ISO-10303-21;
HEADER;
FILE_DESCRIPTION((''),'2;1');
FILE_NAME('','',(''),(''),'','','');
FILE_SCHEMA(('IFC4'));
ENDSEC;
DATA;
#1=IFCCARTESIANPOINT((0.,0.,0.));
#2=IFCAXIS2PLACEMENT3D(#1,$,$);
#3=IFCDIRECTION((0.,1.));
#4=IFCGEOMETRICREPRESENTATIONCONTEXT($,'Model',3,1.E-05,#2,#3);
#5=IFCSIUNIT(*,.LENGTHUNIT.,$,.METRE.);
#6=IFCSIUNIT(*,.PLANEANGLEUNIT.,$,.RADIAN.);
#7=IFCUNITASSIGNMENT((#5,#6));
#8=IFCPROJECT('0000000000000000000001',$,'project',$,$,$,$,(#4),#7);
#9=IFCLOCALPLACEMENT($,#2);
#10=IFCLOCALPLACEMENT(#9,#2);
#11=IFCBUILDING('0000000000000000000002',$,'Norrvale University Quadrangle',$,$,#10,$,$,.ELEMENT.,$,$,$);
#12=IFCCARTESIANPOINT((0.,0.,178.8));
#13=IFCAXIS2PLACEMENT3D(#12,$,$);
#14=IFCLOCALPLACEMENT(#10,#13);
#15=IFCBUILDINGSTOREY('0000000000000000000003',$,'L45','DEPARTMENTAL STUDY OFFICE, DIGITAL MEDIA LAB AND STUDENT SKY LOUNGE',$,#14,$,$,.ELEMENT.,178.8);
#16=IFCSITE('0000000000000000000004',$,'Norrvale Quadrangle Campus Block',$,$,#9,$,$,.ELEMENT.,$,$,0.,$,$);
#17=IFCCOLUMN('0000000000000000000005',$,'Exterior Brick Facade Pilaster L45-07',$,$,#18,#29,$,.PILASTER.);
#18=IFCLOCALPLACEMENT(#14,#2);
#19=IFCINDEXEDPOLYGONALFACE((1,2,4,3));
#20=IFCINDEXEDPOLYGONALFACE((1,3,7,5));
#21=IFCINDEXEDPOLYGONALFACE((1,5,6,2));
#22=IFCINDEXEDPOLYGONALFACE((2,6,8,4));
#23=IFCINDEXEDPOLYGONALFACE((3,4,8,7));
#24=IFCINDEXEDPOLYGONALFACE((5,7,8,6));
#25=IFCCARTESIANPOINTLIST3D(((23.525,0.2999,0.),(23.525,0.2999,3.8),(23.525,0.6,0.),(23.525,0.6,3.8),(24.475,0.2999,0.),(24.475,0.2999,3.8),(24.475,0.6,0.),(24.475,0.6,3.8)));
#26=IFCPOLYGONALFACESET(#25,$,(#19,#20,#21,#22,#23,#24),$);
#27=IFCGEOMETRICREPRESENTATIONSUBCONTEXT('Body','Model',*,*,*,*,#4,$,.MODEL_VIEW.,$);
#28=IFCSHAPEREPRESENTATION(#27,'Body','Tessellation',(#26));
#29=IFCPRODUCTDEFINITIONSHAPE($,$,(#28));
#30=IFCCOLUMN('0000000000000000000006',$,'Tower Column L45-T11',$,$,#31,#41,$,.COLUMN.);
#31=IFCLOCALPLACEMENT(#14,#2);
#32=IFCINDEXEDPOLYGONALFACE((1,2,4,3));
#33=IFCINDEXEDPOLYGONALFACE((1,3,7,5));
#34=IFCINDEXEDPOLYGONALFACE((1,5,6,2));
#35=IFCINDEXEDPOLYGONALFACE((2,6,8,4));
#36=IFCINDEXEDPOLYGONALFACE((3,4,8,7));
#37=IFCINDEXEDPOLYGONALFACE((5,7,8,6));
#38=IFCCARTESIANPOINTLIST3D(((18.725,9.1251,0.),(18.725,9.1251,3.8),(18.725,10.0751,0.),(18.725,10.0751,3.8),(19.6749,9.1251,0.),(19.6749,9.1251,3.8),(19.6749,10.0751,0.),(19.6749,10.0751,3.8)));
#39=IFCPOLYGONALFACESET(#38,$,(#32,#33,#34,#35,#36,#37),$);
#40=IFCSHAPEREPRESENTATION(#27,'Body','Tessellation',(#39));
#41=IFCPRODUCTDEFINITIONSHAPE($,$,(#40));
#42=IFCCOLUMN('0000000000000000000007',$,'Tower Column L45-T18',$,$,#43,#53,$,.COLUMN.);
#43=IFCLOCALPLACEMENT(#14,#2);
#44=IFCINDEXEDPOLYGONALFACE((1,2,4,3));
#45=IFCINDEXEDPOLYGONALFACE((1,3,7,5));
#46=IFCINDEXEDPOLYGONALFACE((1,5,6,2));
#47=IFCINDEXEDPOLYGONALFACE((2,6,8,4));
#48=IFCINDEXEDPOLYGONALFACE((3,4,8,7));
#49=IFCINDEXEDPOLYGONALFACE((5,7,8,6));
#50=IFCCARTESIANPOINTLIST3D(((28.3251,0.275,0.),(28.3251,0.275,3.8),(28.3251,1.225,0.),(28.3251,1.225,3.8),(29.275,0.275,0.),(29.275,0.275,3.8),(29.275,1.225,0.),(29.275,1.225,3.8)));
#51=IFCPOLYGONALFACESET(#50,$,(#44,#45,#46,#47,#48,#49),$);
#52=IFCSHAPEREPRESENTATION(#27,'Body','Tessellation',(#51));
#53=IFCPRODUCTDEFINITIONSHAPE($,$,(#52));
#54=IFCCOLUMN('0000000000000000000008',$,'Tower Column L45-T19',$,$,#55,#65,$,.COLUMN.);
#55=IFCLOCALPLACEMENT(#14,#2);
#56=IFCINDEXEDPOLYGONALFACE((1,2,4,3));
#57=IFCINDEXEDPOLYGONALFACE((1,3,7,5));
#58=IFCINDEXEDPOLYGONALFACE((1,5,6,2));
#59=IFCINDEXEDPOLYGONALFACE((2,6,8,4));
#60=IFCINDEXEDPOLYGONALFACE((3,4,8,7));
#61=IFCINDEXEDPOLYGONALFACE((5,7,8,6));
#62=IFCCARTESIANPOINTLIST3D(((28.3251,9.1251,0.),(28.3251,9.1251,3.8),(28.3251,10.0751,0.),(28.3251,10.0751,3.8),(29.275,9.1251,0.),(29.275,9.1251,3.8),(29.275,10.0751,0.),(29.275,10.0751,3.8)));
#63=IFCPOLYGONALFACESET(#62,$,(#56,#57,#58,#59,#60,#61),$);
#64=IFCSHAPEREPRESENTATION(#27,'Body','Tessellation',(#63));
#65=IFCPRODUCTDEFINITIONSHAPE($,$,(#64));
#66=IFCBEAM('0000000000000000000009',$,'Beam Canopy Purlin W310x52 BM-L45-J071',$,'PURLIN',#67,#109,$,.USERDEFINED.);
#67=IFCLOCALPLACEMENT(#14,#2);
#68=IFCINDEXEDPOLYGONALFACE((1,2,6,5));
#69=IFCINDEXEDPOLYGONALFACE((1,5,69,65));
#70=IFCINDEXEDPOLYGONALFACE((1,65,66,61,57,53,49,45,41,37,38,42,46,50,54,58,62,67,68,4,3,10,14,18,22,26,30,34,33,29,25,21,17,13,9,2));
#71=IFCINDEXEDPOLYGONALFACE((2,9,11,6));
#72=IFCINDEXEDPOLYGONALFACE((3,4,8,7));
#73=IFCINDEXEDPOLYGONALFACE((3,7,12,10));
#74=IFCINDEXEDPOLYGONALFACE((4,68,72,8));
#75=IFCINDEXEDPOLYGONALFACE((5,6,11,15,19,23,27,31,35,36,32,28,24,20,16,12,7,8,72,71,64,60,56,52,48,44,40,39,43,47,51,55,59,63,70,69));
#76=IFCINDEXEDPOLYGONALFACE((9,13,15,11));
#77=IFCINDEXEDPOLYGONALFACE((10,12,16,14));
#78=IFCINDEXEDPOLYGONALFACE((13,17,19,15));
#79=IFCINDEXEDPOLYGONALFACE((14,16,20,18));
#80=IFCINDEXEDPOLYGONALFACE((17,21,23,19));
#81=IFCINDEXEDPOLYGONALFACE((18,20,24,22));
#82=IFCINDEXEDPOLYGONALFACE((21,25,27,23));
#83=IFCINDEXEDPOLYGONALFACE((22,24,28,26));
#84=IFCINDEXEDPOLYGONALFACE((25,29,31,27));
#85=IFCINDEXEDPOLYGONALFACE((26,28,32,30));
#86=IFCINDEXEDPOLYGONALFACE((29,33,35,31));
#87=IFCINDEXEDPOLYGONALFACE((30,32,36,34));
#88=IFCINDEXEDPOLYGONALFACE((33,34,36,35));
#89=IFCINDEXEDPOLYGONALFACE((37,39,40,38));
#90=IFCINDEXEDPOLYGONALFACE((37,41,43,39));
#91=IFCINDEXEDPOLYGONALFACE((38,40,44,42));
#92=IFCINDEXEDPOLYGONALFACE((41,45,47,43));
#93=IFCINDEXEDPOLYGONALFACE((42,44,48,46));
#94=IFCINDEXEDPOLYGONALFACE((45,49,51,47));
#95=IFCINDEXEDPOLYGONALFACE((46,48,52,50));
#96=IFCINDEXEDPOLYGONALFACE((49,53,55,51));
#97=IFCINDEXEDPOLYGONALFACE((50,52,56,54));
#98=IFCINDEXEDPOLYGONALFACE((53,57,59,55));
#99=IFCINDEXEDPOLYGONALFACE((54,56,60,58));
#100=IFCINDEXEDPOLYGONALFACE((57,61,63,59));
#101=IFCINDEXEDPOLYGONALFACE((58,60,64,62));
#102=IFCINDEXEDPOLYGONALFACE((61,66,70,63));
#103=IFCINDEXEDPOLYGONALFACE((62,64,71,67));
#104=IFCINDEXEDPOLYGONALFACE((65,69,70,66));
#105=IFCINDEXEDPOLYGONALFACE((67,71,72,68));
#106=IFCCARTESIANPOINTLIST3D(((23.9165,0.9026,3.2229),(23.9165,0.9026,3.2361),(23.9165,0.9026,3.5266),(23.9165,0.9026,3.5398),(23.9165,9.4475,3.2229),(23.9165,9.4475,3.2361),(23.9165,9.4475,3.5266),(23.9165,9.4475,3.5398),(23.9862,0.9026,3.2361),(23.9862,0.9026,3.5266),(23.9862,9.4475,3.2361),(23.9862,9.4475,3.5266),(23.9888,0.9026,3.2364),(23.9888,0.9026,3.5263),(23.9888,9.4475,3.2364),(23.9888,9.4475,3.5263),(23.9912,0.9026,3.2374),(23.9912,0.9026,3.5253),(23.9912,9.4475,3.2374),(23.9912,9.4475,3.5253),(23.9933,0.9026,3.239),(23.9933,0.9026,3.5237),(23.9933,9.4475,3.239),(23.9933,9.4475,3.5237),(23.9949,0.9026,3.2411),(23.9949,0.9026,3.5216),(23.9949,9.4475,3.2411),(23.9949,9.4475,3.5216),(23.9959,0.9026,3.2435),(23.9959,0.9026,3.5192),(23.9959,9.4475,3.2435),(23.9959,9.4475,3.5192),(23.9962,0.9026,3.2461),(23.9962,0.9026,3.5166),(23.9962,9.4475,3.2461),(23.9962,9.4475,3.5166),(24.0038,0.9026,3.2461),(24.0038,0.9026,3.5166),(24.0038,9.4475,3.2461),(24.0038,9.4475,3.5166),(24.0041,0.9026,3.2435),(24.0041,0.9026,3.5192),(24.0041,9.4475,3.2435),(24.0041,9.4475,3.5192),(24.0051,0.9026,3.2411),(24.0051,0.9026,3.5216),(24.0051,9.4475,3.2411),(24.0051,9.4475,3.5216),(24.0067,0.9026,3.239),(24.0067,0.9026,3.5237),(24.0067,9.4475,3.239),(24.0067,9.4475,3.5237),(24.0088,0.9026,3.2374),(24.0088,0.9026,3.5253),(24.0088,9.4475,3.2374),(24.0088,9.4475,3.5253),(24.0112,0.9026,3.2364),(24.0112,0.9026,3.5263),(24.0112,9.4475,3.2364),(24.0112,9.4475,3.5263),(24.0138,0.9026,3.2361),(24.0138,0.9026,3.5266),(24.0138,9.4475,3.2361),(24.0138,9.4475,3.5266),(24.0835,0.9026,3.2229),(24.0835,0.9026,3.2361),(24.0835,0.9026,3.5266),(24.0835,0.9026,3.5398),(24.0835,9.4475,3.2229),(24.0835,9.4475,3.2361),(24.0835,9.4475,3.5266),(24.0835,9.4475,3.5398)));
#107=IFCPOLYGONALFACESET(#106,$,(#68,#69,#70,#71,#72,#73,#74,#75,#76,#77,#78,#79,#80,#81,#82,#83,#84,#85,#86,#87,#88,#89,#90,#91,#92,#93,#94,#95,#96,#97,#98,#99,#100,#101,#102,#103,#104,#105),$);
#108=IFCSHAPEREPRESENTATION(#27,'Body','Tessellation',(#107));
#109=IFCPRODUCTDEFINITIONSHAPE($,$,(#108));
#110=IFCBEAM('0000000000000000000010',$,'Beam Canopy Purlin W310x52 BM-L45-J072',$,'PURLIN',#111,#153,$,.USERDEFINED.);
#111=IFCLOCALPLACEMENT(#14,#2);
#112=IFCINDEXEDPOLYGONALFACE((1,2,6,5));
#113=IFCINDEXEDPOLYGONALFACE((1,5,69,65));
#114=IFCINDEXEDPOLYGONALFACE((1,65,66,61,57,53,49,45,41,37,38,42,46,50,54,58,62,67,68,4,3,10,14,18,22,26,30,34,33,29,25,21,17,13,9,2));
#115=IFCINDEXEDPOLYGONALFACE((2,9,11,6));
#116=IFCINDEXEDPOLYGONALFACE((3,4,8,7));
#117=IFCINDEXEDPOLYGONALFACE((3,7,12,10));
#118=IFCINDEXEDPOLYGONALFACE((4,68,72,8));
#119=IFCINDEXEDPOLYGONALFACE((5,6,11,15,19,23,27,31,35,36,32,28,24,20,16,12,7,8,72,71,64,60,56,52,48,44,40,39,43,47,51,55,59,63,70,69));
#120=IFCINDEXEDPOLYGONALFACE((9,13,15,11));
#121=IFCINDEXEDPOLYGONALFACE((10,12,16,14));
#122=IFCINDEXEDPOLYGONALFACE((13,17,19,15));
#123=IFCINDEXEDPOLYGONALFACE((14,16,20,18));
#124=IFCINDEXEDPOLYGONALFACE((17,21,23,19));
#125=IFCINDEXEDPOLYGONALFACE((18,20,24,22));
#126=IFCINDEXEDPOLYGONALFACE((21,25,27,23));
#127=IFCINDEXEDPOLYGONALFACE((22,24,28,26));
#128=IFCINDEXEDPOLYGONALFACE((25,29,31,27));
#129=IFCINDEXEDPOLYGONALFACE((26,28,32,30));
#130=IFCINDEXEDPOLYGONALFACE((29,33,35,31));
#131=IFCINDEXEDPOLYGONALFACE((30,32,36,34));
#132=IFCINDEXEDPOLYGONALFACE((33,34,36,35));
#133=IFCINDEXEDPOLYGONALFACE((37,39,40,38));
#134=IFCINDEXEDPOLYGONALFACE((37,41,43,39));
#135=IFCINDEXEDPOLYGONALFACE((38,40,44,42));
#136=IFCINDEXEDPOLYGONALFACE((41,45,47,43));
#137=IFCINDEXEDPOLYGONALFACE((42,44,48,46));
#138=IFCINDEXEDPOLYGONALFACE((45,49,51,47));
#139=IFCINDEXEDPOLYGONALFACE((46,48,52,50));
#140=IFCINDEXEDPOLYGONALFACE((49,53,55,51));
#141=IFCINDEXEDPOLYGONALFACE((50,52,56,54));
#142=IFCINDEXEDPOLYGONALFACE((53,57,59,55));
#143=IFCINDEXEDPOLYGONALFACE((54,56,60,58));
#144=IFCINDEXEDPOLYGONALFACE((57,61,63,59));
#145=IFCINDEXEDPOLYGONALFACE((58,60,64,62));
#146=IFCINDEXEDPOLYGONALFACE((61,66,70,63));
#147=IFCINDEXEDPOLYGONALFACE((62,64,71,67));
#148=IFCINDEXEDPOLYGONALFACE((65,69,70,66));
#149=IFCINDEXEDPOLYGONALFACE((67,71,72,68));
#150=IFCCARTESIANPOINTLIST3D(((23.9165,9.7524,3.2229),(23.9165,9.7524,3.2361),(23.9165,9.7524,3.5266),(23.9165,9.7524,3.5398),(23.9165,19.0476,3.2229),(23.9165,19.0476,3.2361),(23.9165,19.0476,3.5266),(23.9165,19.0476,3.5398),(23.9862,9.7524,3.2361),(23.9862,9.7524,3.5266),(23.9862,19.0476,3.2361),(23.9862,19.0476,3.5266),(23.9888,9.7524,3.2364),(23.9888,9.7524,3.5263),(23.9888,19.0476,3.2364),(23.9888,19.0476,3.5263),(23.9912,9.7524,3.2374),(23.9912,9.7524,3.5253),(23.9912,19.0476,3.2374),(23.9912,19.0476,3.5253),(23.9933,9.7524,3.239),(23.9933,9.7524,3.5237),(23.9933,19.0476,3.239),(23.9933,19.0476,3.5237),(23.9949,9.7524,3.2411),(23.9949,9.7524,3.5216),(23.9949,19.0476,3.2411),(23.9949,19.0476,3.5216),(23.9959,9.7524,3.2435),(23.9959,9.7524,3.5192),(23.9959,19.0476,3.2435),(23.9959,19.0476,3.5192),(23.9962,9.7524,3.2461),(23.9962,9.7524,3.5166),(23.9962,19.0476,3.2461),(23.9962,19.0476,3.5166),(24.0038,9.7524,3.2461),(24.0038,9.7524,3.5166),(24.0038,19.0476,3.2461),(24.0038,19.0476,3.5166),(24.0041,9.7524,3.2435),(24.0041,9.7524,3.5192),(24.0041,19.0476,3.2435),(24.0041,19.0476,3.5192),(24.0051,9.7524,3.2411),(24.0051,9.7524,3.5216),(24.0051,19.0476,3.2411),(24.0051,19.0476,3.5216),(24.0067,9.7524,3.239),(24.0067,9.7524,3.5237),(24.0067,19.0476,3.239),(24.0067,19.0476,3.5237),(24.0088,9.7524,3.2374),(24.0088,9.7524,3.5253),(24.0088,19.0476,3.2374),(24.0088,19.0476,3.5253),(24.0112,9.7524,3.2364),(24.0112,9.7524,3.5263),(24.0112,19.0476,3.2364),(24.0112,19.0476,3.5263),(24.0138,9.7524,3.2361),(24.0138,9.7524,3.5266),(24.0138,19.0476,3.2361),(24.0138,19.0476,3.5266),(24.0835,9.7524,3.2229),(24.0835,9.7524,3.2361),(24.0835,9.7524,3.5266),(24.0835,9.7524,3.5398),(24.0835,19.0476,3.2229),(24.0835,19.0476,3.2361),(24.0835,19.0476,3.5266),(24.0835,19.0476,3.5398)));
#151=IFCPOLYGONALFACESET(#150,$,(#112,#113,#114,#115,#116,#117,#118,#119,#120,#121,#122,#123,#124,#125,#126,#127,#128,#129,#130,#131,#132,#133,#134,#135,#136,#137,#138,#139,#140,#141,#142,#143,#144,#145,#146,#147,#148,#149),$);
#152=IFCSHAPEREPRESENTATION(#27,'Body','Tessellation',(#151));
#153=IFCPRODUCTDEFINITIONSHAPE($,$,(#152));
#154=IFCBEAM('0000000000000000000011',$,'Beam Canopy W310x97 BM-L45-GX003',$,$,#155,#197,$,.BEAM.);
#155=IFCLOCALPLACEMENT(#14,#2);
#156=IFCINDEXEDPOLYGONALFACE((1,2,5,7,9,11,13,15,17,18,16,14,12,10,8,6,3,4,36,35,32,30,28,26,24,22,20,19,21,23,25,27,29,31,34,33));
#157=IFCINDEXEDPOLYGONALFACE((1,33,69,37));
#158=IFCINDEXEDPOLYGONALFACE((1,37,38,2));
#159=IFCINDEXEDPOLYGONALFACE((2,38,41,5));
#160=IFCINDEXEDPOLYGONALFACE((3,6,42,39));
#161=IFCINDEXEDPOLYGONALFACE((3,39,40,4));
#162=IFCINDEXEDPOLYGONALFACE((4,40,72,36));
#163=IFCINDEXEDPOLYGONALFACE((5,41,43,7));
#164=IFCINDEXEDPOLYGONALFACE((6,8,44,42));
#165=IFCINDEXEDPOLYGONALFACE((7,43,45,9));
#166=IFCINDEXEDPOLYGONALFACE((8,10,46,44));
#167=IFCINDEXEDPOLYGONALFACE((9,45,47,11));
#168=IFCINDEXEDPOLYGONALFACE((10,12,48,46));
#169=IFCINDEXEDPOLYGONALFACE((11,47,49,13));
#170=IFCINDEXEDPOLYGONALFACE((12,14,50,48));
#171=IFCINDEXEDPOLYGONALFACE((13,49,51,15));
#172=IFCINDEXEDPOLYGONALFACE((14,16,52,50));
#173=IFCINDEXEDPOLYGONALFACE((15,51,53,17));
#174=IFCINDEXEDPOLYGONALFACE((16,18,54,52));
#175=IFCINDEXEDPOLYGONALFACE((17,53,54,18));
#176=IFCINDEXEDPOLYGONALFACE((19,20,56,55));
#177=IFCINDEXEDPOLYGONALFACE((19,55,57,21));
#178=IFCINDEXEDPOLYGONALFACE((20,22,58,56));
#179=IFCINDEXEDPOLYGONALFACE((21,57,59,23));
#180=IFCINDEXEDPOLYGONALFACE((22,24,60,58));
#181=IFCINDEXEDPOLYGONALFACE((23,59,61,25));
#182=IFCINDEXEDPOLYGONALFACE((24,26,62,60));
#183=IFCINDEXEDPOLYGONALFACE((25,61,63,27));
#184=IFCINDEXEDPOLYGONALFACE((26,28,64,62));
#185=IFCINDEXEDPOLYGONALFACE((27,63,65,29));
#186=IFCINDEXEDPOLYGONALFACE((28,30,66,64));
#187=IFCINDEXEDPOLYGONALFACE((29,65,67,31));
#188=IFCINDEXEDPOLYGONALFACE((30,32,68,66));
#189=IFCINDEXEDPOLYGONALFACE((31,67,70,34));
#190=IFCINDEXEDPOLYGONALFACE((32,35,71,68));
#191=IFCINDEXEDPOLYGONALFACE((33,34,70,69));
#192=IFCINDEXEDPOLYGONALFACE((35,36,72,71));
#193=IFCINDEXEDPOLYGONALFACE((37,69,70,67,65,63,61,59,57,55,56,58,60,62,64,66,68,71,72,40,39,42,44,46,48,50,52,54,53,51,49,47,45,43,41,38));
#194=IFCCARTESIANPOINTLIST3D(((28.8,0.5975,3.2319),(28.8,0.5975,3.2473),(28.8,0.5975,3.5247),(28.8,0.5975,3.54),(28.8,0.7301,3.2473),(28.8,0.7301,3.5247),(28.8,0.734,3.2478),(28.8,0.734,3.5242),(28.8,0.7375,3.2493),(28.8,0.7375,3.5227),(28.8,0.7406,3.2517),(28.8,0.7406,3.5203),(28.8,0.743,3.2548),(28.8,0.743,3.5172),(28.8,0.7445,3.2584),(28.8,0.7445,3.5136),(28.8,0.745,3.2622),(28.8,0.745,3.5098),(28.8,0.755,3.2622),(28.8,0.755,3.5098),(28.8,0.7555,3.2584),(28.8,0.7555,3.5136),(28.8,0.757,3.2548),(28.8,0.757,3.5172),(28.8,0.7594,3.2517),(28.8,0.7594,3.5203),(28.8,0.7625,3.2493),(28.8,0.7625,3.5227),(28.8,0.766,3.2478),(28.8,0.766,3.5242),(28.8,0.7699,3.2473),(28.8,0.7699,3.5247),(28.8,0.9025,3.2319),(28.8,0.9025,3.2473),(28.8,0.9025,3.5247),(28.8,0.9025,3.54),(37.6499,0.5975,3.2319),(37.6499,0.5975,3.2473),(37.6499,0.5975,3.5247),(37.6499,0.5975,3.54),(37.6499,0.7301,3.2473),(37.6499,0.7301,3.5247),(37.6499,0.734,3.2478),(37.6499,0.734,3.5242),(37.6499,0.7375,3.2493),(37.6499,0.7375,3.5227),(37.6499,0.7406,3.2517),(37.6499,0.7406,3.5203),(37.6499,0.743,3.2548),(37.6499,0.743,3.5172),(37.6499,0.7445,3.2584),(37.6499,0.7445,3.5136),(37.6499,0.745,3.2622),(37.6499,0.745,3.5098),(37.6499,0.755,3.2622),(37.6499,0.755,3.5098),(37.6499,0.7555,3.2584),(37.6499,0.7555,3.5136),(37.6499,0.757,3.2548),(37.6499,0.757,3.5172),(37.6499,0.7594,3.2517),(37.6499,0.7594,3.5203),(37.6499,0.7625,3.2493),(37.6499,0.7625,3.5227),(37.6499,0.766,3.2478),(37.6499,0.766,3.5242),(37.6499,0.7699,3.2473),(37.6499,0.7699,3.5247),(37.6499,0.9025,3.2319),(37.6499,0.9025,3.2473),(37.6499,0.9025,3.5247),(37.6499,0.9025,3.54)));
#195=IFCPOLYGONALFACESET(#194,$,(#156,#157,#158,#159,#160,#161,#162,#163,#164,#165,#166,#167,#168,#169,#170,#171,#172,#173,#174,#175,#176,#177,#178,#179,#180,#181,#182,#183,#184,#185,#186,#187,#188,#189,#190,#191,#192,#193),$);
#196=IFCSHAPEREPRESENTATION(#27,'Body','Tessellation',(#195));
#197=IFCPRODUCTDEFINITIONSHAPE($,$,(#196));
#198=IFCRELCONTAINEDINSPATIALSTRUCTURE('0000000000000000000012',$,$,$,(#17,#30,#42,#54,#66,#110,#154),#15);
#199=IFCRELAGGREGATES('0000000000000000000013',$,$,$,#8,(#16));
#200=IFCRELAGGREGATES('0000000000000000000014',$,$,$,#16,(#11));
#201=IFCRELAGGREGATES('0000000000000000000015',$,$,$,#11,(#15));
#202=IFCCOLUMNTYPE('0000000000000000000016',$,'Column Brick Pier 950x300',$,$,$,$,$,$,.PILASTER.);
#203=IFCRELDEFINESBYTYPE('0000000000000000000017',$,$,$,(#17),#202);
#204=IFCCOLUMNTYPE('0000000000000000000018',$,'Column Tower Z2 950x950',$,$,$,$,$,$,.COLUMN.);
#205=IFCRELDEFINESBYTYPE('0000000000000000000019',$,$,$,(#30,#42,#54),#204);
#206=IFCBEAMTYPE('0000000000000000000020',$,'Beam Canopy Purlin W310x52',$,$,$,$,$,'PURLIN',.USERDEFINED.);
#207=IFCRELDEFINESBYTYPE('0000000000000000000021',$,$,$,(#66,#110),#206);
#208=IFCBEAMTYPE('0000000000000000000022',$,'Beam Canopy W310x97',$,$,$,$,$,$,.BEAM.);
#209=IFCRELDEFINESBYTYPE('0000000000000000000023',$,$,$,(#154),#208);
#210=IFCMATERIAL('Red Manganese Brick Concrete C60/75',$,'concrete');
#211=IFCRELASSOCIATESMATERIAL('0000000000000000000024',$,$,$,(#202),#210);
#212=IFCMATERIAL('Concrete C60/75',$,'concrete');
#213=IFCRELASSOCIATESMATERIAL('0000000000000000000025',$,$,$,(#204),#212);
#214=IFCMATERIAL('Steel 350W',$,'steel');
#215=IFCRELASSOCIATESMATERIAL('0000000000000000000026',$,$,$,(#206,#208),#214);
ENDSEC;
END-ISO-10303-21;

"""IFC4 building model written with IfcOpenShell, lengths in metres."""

from ifc_helpers import new_model, si_unit, direction, frame, origin, origin_2d, place, context, subcontext, project, spatial, rectangle, i_section, extrude, material, material_profile, profile_set, type_object, element, save


model = new_model("IFC4")

# Units and contexts
model_context = context("Model", 3, precision=1e-05, world=origin(), true_north=direction((0.0, 1.0)))
body_context = subcontext(model_context, "Body", "Model", "MODEL_VIEW")
ifc_project = project(units=[si_unit("LENGTHUNIT", "METRE"), si_unit("PLANEANGLEUNIT", "RADIAN")], contexts=[model_context])

# Site, building, storey
site_placement = place(None, origin())
site = spatial("IfcSite", under=ifc_project, at=site_placement, Name="Norrvale Quadrangle Campus Block", CompositionType="ELEMENT", RefElevation=0.0)
building_placement = place(site_placement, origin())
building = spatial("IfcBuilding", under=site, at=building_placement, Name="Norrvale University Quadrangle", CompositionType="ELEMENT")
storey_placement = place(building_placement, frame((0.0, 0.0, 178.8)))
storey = spatial("IfcBuildingStorey", under=building, at=storey_placement, Name="L45", Description="DEPARTMENTAL STUDY OFFICE, DIGITAL MEDIA LAB AND STUDENT SKY LOUNGE", CompositionType="ELEMENT", Elevation=178.8)

# Columns
ifc_material_1 = material(Name="Red Manganese Brick Concrete C60/75", Category="concrete")
ifc_material_profile_1 = material_profile(ifc_material_1, rectangle(XDim=0.95, YDim=0.3, at=origin_2d()), Name="Red Manganese Brick Concrete C60/75")
ifc_profile_set_1 = profile_set([ifc_material_profile_1], Name="Red Manganese Brick Concrete C60/75")
column_type_1 = type_object("IfcColumnType", Name="Column Brick Pier 950x300", PredefinedType="PILASTER", material=ifc_profile_set_1)
column_placement = place(storey_placement, frame((24.0, 0.45, 0.0), z_axis=(0.0, 0.0, 1.0), x_axis=(1.0, 0.0, 0.0)))
element("IfcColumn", 1, at=column_placement, inside=storey, type_object=column_type_1, Name="Exterior Brick Facade Pilaster L45-07", PredefinedType="PILASTER", context=body_context, shape_type="SweptSolid", body=[
    extrude(rectangle(XDim=0.95, YDim=0.3, at=origin_2d()), origin(), (0.0, 0.0, 1.0), 3.8),
])
ifc_material_2 = material(Name="Concrete C60/75", Category="concrete")
ifc_material_profile_2 = material_profile(ifc_material_2, rectangle(XDim=0.95, YDim=0.95, at=origin_2d()), Name="Concrete C60/75")
ifc_profile_set_2 = profile_set([ifc_material_profile_2], Name="Concrete C60/75")
column_type_2 = type_object("IfcColumnType", Name="Column Tower Z2 950x950", PredefinedType="COLUMN", material=ifc_profile_set_2)
for number, where, z_axis, x_axis, name in (
    (2, (19.2, 9.6001, 0.0), (0.0, 0.0, 1.0), (1.0, 0.0, 0.0), "Tower Column L45-T11"),
    (3, (28.8, 0.75, 0.0), (0.0, 0.0, 1.0), (1.0, 0.0, 0.0), "Tower Column L45-T18"),
    (4, (28.8, 9.6001, 0.0), (0.0, 0.0, 1.0), (1.0, 0.0, 0.0), "Tower Column L45-T19"),
):
    element("IfcColumn", number, at=place(storey_placement, frame(where, z_axis=z_axis, x_axis=x_axis)), inside=storey, type_object=column_type_2, Name=name, PredefinedType="COLUMN", context=body_context, shape_type="SweptSolid", body=[
        extrude(rectangle(XDim=0.95, YDim=0.95, at=origin_2d()), origin(), (0.0, 0.0, 1.0), 3.8),
    ])

# Beams
ifc_material_3 = material(Name="Steel 350W", Category="steel")
ifc_material_profile_3 = material_profile(ifc_material_3, i_section(OverallWidth=0.167, OverallDepth=0.3169, WebThickness=0.0076, FlangeThickness=0.0132, FilletRadius=0.01, at=origin_2d()), Name="Steel 350W")
ifc_profile_set_3 = profile_set([ifc_material_profile_3], Name="Steel 350W")
beam_type_1 = type_object("IfcBeamType", Name="Beam Canopy Purlin W310x52", ElementType="PURLIN", PredefinedType="USERDEFINED", material=ifc_profile_set_3)
beam_1_placement = place(storey_placement, frame((24.0, 0.9026, 3.3813), z_axis=(0.0, 1.0, 0.0), x_axis=(-1.0, 0.0, 0.0)))
element("IfcBeam", 5, at=beam_1_placement, inside=storey, type_object=beam_type_1, Name="Beam Canopy Purlin W310x52 BM-L45-J071", ObjectType="PURLIN", PredefinedType="USERDEFINED", context=body_context, shape_type="SweptSolid", body=[
    extrude(i_section(OverallWidth=0.167, OverallDepth=0.3169, WebThickness=0.0076, FlangeThickness=0.0132, FilletRadius=0.01, at=origin_2d()), origin(), (0.0, 0.0, 1.0), 8.5449),
])
beam_2_placement = place(storey_placement, frame((24.0, 9.7524, 3.3813), z_axis=(0.0, 1.0, 0.0), x_axis=(-1.0, 0.0, 0.0)))
element("IfcBeam", 6, at=beam_2_placement, inside=storey, type_object=beam_type_1, Name="Beam Canopy Purlin W310x52 BM-L45-J072", ObjectType="PURLIN", PredefinedType="USERDEFINED", context=body_context, shape_type="SweptSolid", body=[
    extrude(i_section(OverallWidth=0.167, OverallDepth=0.3169, WebThickness=0.0076, FlangeThickness=0.0132, FilletRadius=0.01, at=origin_2d()), origin(), (0.0, 0.0, 1.0), 9.2952),
])
ifc_material_profile_4 = material_profile(ifc_material_3, i_section(OverallWidth=0.3049, OverallDepth=0.3081, WebThickness=0.01, FlangeThickness=0.0154, FilletRadius=0.0149, at=origin_2d()), Name="Steel 350W")
ifc_profile_set_4 = profile_set([ifc_material_profile_4], Name="Steel 350W")
beam_type_2 = type_object("IfcBeamType", Name="Beam Canopy W310x97", PredefinedType="BEAM", material=ifc_profile_set_4)
beam_3_placement = place(storey_placement, frame((28.8, 0.75, 3.386), z_axis=(1.0, 0.0, 0.0), x_axis=(0.0, 1.0, 0.0)))
element("IfcBeam", 7, at=beam_3_placement, inside=storey, type_object=beam_type_2, Name="Beam Canopy W310x97 BM-L45-GX003", PredefinedType="BEAM", context=body_context, shape_type="SweptSolid", body=[
    extrude(i_section(OverallWidth=0.3049, OverallDepth=0.3081, WebThickness=0.01, FlangeThickness=0.0154, FilletRadius=0.0149, at=origin_2d()), origin(), (0.0, 0.0, 1.0), 8.8499),
])

save(model, "model.ifc")
